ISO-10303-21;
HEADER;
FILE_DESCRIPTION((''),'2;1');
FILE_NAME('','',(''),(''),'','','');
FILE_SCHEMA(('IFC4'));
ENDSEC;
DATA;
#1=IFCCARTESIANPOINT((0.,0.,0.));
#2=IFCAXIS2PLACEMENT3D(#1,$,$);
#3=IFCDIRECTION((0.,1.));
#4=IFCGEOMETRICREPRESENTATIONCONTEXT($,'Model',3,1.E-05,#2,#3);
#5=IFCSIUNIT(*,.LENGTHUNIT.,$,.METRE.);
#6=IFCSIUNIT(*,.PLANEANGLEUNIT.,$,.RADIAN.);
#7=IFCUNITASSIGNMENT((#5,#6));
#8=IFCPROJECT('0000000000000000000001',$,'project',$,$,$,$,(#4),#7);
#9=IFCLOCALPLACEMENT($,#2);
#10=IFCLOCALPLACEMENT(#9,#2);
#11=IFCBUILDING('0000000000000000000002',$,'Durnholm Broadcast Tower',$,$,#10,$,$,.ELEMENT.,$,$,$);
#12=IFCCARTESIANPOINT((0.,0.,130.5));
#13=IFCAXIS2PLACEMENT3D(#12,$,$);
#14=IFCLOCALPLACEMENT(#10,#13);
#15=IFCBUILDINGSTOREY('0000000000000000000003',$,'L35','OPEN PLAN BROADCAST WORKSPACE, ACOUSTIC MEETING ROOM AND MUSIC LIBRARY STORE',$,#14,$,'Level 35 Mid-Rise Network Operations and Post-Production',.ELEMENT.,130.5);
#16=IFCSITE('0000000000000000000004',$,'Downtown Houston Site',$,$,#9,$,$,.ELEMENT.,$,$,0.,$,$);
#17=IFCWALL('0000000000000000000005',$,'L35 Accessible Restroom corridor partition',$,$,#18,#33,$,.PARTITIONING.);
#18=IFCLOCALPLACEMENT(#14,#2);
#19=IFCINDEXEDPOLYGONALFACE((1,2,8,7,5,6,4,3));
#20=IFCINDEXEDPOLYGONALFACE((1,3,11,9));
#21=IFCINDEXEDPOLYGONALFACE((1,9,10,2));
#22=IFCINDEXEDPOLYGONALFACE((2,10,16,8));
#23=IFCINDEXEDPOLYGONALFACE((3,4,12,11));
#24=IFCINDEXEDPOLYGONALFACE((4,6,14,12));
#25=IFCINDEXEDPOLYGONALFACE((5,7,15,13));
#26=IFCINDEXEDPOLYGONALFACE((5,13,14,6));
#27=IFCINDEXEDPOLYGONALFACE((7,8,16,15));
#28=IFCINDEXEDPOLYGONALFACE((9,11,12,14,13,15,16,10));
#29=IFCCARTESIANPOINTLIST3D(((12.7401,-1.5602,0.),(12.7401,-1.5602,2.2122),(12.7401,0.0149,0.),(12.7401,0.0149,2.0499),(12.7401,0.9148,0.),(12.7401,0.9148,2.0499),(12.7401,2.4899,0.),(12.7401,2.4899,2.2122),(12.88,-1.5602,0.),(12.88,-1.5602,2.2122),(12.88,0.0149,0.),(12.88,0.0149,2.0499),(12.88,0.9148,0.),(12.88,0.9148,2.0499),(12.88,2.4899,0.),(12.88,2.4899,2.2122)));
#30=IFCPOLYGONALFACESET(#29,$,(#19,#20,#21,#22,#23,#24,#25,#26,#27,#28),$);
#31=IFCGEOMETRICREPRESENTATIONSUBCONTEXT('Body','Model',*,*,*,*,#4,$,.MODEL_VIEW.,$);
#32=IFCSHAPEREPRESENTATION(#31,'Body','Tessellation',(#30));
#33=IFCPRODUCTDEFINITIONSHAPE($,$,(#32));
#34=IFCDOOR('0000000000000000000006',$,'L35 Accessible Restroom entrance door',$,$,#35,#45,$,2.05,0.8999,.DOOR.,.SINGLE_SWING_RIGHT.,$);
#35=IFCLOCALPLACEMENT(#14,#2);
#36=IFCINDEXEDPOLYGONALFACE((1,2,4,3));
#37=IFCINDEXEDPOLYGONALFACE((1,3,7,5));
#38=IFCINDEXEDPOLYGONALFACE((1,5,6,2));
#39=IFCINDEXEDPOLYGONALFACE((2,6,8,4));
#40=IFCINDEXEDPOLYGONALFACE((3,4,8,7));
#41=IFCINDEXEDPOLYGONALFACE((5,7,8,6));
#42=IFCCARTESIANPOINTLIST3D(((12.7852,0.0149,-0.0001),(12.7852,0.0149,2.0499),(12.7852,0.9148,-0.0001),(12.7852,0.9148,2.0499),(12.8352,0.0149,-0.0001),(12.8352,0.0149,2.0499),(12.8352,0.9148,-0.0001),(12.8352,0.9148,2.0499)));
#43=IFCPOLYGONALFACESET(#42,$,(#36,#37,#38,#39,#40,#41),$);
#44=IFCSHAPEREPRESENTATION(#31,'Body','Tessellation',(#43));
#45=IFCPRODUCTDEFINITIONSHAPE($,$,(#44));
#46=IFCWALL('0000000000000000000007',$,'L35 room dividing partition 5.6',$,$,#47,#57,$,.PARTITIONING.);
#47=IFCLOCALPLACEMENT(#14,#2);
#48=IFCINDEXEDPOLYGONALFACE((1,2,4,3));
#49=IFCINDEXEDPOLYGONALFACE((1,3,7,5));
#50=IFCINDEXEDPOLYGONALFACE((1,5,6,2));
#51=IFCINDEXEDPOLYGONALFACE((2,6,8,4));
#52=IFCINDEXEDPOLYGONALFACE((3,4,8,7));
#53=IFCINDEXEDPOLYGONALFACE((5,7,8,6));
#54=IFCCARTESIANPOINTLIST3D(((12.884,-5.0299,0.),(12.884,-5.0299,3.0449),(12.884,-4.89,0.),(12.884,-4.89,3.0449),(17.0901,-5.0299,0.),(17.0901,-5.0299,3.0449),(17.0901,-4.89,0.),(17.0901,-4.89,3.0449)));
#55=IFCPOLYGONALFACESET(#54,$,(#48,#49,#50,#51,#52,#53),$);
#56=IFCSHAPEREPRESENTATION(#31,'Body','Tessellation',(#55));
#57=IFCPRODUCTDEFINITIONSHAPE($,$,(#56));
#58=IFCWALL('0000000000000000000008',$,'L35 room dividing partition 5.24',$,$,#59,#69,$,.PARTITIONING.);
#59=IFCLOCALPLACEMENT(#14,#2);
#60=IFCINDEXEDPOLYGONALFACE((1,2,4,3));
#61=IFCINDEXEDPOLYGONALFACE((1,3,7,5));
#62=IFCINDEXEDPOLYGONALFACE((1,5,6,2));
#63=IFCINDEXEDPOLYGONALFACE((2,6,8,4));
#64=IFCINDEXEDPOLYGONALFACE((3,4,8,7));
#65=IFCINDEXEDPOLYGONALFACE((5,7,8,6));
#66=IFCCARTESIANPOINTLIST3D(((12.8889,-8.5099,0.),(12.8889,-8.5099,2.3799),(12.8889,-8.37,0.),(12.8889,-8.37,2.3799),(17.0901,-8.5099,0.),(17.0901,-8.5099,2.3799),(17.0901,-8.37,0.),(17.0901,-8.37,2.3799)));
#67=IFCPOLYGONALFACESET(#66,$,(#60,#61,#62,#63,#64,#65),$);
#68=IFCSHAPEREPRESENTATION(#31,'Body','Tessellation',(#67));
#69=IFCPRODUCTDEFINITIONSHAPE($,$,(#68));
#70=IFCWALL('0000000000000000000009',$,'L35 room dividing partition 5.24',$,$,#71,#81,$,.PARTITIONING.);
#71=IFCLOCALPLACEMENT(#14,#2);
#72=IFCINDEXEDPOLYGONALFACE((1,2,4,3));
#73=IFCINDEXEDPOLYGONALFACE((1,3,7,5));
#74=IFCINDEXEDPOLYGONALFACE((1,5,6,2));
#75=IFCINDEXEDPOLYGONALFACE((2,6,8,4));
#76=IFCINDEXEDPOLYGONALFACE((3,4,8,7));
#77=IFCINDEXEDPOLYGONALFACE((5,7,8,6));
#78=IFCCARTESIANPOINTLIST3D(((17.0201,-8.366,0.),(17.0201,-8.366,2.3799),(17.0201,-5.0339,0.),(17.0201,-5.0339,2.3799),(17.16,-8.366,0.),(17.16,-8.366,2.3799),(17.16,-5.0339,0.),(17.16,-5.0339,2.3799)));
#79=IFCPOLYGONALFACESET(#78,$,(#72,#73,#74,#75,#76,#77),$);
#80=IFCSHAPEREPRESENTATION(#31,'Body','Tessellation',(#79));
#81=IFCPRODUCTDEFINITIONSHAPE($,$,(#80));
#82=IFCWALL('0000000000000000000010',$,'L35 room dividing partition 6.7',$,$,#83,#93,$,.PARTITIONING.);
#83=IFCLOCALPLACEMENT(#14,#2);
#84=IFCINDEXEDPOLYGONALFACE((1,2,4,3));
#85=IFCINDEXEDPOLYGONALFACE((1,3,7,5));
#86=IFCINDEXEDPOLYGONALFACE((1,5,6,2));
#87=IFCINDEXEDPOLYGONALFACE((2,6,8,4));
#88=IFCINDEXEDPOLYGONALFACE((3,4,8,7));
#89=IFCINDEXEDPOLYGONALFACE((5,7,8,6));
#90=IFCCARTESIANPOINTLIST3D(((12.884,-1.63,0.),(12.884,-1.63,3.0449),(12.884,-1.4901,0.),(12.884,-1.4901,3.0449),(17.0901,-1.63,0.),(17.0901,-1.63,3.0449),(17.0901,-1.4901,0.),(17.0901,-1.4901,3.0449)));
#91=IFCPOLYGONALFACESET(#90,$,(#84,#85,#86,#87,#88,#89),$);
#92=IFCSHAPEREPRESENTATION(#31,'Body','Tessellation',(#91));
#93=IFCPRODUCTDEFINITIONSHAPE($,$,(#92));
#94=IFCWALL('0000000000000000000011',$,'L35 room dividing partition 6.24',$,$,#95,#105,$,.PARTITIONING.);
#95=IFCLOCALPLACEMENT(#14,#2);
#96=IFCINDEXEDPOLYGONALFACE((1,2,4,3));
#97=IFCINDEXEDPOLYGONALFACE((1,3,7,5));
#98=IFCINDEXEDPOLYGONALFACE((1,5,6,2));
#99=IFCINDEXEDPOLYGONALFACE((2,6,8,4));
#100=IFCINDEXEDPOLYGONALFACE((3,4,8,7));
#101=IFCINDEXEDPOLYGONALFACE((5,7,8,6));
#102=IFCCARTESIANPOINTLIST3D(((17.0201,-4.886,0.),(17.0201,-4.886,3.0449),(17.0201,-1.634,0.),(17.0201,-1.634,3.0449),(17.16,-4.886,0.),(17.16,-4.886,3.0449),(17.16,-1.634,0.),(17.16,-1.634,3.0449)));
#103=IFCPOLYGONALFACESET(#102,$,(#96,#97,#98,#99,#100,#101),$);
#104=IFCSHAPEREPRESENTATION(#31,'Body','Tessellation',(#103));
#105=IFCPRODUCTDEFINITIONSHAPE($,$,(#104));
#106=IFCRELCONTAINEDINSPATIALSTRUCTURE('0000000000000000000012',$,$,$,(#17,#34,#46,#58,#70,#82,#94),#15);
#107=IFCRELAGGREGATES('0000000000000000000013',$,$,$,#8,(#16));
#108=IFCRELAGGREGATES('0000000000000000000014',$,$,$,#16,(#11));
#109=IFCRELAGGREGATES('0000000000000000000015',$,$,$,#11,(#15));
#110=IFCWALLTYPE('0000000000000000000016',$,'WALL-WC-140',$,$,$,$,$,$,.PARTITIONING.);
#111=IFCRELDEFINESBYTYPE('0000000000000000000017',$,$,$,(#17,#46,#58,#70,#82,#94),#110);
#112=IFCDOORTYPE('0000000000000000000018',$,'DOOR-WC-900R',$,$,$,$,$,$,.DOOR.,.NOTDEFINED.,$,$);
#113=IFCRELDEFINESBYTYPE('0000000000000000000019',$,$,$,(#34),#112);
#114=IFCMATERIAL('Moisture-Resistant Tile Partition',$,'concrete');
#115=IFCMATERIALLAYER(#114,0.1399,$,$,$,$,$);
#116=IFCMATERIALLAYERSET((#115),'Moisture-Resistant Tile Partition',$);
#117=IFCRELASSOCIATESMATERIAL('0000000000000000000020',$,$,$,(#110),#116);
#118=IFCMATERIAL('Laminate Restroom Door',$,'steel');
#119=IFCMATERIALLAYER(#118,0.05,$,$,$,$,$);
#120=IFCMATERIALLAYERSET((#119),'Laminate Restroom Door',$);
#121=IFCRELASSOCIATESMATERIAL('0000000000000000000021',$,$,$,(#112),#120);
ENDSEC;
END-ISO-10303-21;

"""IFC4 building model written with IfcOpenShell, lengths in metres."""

from ifc_helpers import new_model, si_unit, direction, frame, frame_2d, origin, place, context, subcontext, project, spatial, rectangle, extrude, source, transform, mapped, material, layer, layer_set, type_object, type_shapes, element, fill, save


model = new_model("IFC4")

# Units and contexts
model_context = context("Model", 3, precision=1e-05, world=origin(), true_north=direction((0.0, 1.0)))
body_context = subcontext(model_context, "Body", "Model", "MODEL_VIEW")
ifc_project = project(units=[si_unit("LENGTHUNIT", "METRE"), si_unit("PLANEANGLEUNIT", "RADIAN")], contexts=[model_context])

# Site, building, storey
site_placement = place(None, origin())
site = spatial("IfcSite", under=ifc_project, at=site_placement, Name="Downtown Houston Site", CompositionType="ELEMENT", RefElevation=0.0)
building_placement = place(site_placement, origin())
building = spatial("IfcBuilding", under=site, at=building_placement, Name="Durnholm Broadcast Tower", CompositionType="ELEMENT")
storey_placement = place(building_placement, frame((0.0, 0.0, 130.5)))
storey = spatial("IfcBuildingStorey", under=building, at=storey_placement, Name="L35", Description="OPEN PLAN BROADCAST WORKSPACE, ACOUSTIC MEETING ROOM AND MUSIC LIBRARY STORE", LongName="Level 35 Mid-Rise Network Operations and Post-Production", CompositionType="ELEMENT", Elevation=130.5)

# Wall, opening, door
ifc_material_1 = material(Name="Moisture-Resistant Tile Partition", Category="concrete")
ifc_layer_1 = layer(ifc_material_1, 0.1399)
ifc_layer_set_1 = layer_set([ifc_layer_1], Name="Moisture-Resistant Tile Partition")
wall_type_1 = type_object("IfcWallType", Name="WALL-WC-140", PredefinedType="PARTITIONING", material=ifc_layer_set_1)
ifc_material_2 = material(Name="Laminate Restroom Door", Category="steel")
ifc_layer_2 = layer(ifc_material_2, 0.05)
ifc_layer_set_2 = layer_set([ifc_layer_2], Name="Laminate Restroom Door")
door_type_1 = type_object("IfcDoorType", Name="DOOR-WC-900R", OperationType="NOTDEFINED", PredefinedType="DOOR", material=ifc_layer_set_2)
shared_shape_1 = source(origin(), body_context, "Body", "SweptSolid", [
    extrude(rectangle(XDim=0.8999, YDim=2.05, at=frame_2d((0.45, 1.0249))), frame((0.0, 0.0249, 0.0), z_axis=(0.0, -1.0, 0.0), x_axis=(1.0, 0.0, 0.0)), (0.0, 0.0, 1.0), 0.05),
])
type_shapes(door_type_1, [shared_shape_1])
wall_1_placement = place(storey_placement, frame((12.8101, -1.5601, 0.0), z_axis=(0.0, 0.0, 1.0), x_axis=(0.0, 1.0, 0.0)))
wall_1 = element("IfcWall", 1, at=wall_1_placement, inside=storey, type_object=wall_type_1, Name="L35 Accessible Restroom corridor partition", PredefinedType="PARTITIONING", context=body_context, shape_type="SweptSolid", body=[
    extrude(rectangle(XDim=4.05, YDim=0.1399, at=frame_2d((2.0249, 0.0))), origin(), (0.0, 0.0, 1.0), 2.2122),
])
opening_1_placement = place(wall_1_placement, frame((1.575, 0.0, 0.0)))
opening_1 = element("IfcOpeningElement", 2, at=opening_1_placement, cuts=wall_1, PredefinedType="OPENING", context=body_context, shape_type="SweptSolid", body=[
    extrude(rectangle(XDim=0.8999, YDim=2.05, at=frame_2d((0.45, 1.0249))), frame((0.0, 0.0801, 0.0), z_axis=(0.0, -1.0, 0.0), x_axis=(1.0, 0.0, 0.0)), (0.0, 0.0, 1.0), 0.1599),
])
door_1_placement = place(opening_1_placement, origin())
door_1 = element("IfcDoor", 3, at=door_1_placement, inside=storey, type_object=door_type_1, Name="L35 Accessible Restroom entrance door", OperationType="SINGLE_SWING_RIGHT", OverallHeight=2.05, OverallWidth=0.8999, PredefinedType="DOOR", context=body_context, shape_type="MappedRepresentation", body=[
    mapped(shared_shape_1, transform((0.0, 0.0, 0.0), x_axis=(1.0, 0.0, 0.0), y_axis=(0.0, 1.0, 0.0), z_axis=(0.0, 0.0, 1.0), scale=1.0)),
])
fill(opening_1, door_1)

# Walls
wall_2_placement = place(storey_placement, frame((12.884, -4.96, 0.0), z_axis=(0.0, 0.0, 1.0), x_axis=(1.0, 0.0, 0.0)))
element("IfcWall", 4, at=wall_2_placement, inside=storey, type_object=wall_type_1, Name="L35 room dividing partition 5.6", PredefinedType="PARTITIONING", context=body_context, shape_type="SweptSolid", body=[
    extrude(rectangle(XDim=4.2061, YDim=0.1399, at=frame_2d((2.103, 0.0))), origin(), (0.0, 0.0, 1.0), 3.0449),
])
wall_3_placement = place(storey_placement, frame((17.0901, -8.4399, 0.0), z_axis=(0.0, 0.0, 1.0), x_axis=(-1.0, 0.0, 0.0)))
element("IfcWall", 5, at=wall_3_placement, inside=storey, type_object=wall_type_1, Name="L35 room dividing partition 5.24", PredefinedType="PARTITIONING", context=body_context, shape_type="SweptSolid", body=[
    extrude(rectangle(XDim=4.2012, YDim=0.1399, at=frame_2d((2.1006, 0.0))), origin(), (0.0, 0.0, 1.0), 2.3799),
])
wall_4_placement = place(storey_placement, frame((17.0901, -5.0339, 0.0), z_axis=(0.0, 0.0, 1.0), x_axis=(0.0, -1.0, 0.0)))
element("IfcWall", 6, at=wall_4_placement, inside=storey, type_object=wall_type_1, Name="L35 room dividing partition 5.24", PredefinedType="PARTITIONING", context=body_context, shape_type="SweptSolid", body=[
    extrude(rectangle(XDim=3.332, YDim=0.1399, at=frame_2d((1.666, 0.0))), origin(), (0.0, 0.0, 1.0), 2.3799),
])
wall_5_placement = place(storey_placement, frame((12.884, -1.5601, 0.0), z_axis=(0.0, 0.0, 1.0), x_axis=(1.0, 0.0, 0.0)))
element("IfcWall", 7, at=wall_5_placement, inside=storey, type_object=wall_type_1, Name="L35 room dividing partition 6.7", PredefinedType="PARTITIONING", context=body_context, shape_type="SweptSolid", body=[
    extrude(rectangle(XDim=4.2061, YDim=0.1399, at=frame_2d((2.103, 0.0))), origin(), (0.0, 0.0, 1.0), 3.0449),
])
wall_6_placement = place(storey_placement, frame((17.0901, -1.634, 0.0), z_axis=(0.0, 0.0, 1.0), x_axis=(0.0, -1.0, 0.0)))
element("IfcWall", 8, at=wall_6_placement, inside=storey, type_object=wall_type_1, Name="L35 room dividing partition 6.24", PredefinedType="PARTITIONING", context=body_context, shape_type="SweptSolid", body=[
    extrude(rectangle(XDim=3.252, YDim=0.1399, at=frame_2d((1.626, 0.0))), origin(), (0.0, 0.0, 1.0), 3.0449),
])

save(model, "model.ifc")
